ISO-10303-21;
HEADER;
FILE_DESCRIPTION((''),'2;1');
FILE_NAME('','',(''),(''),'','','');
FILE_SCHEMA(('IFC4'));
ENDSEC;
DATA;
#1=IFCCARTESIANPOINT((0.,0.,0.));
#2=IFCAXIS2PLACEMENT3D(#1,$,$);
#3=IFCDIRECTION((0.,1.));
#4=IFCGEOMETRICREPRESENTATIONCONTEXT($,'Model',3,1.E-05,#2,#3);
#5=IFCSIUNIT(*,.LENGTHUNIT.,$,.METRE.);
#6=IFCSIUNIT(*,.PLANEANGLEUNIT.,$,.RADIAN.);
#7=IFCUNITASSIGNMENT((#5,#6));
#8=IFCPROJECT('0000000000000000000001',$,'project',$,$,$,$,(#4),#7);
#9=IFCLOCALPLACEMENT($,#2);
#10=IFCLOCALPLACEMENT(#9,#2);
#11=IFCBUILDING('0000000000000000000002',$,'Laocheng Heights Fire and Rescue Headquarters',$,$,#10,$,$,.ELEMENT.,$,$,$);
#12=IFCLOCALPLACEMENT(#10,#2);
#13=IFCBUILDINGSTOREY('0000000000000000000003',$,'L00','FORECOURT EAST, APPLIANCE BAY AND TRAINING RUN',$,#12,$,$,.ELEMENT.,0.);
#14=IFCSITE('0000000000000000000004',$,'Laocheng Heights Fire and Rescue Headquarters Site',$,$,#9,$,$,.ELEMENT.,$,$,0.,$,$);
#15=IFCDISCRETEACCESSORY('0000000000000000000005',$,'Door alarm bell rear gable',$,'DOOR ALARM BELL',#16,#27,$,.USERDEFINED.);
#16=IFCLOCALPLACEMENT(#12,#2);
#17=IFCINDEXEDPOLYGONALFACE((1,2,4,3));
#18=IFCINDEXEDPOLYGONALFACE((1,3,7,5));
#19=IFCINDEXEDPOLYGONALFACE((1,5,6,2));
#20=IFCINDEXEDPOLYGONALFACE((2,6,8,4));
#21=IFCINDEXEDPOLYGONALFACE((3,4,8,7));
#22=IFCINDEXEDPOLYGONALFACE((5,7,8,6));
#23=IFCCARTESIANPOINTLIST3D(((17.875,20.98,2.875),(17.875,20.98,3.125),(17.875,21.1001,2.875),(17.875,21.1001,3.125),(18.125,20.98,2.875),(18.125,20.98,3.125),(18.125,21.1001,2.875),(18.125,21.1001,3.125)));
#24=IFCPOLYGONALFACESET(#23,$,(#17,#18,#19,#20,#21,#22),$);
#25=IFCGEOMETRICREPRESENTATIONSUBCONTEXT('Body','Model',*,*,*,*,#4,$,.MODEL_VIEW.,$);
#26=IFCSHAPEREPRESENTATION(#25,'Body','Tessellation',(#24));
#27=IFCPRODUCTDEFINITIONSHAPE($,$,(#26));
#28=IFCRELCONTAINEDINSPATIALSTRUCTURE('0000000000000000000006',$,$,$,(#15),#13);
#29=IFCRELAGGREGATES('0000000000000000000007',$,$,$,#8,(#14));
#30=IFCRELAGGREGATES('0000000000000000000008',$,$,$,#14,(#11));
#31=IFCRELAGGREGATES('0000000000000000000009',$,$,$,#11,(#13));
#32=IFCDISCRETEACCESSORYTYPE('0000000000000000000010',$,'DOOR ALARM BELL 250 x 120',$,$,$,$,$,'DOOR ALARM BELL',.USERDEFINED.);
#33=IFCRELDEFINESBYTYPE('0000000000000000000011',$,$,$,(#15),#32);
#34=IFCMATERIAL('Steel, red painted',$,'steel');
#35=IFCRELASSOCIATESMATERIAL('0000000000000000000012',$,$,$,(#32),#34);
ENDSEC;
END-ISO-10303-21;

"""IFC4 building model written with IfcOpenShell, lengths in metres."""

from ifc_helpers import new_model, si_unit, direction, frame, origin, origin_2d, place, context, subcontext, project, spatial, rectangle, extrude, material, type_object, element, save


model = new_model("IFC4")

# Units and contexts
model_context = context("Model", 3, precision=1e-05, world=origin(), true_north=direction((0.0, 1.0)))
body_context = subcontext(model_context, "Body", "Model", "MODEL_VIEW")
ifc_project = project(units=[si_unit("LENGTHUNIT", "METRE"), si_unit("PLANEANGLEUNIT", "RADIAN")], contexts=[model_context])

# Site, building, storey
site_placement = place(None, origin())
site = spatial("IfcSite", under=ifc_project, at=site_placement, Name="Laocheng Heights Fire and Rescue Headquarters Site", CompositionType="ELEMENT", RefElevation=0.0)
building_placement = place(site_placement, origin())
building = spatial("IfcBuilding", under=site, at=building_placement, Name="Laocheng Heights Fire and Rescue Headquarters", CompositionType="ELEMENT")
storey_placement = place(building_placement, origin())
storey = spatial("IfcBuildingStorey", under=building, at=storey_placement, Name="L00", Description="FORECOURT EAST, APPLIANCE BAY AND TRAINING RUN", CompositionType="ELEMENT", Elevation=0.0)

# Discrete accessory
ifc_material_1 = material(Name="Steel, red painted", Category="steel")
discrete_accessory_type = type_object("IfcDiscreteAccessoryType", Name="DOOR ALARM BELL 250 x 120", ElementType="DOOR ALARM BELL", PredefinedType="USERDEFINED", material=ifc_material_1)
discrete_accessory_placement = place(storey_placement, frame((18.0, 21.04, 2.875), z_axis=(0.0, 0.0, 1.0), x_axis=(1.0, 0.0, 0.0)))
element("IfcDiscreteAccessory", 1, at=discrete_accessory_placement, inside=storey, type_object=discrete_accessory_type, Name="Door alarm bell rear gable", ObjectType="DOOR ALARM BELL", PredefinedType="USERDEFINED", context=body_context, shape_type="SweptSolid", body=[
    extrude(rectangle(XDim=0.25, YDim=0.1201, at=origin_2d()), origin(), (0.0, 0.0, 1.0), 0.25),
])

save(model, "model.ifc")
